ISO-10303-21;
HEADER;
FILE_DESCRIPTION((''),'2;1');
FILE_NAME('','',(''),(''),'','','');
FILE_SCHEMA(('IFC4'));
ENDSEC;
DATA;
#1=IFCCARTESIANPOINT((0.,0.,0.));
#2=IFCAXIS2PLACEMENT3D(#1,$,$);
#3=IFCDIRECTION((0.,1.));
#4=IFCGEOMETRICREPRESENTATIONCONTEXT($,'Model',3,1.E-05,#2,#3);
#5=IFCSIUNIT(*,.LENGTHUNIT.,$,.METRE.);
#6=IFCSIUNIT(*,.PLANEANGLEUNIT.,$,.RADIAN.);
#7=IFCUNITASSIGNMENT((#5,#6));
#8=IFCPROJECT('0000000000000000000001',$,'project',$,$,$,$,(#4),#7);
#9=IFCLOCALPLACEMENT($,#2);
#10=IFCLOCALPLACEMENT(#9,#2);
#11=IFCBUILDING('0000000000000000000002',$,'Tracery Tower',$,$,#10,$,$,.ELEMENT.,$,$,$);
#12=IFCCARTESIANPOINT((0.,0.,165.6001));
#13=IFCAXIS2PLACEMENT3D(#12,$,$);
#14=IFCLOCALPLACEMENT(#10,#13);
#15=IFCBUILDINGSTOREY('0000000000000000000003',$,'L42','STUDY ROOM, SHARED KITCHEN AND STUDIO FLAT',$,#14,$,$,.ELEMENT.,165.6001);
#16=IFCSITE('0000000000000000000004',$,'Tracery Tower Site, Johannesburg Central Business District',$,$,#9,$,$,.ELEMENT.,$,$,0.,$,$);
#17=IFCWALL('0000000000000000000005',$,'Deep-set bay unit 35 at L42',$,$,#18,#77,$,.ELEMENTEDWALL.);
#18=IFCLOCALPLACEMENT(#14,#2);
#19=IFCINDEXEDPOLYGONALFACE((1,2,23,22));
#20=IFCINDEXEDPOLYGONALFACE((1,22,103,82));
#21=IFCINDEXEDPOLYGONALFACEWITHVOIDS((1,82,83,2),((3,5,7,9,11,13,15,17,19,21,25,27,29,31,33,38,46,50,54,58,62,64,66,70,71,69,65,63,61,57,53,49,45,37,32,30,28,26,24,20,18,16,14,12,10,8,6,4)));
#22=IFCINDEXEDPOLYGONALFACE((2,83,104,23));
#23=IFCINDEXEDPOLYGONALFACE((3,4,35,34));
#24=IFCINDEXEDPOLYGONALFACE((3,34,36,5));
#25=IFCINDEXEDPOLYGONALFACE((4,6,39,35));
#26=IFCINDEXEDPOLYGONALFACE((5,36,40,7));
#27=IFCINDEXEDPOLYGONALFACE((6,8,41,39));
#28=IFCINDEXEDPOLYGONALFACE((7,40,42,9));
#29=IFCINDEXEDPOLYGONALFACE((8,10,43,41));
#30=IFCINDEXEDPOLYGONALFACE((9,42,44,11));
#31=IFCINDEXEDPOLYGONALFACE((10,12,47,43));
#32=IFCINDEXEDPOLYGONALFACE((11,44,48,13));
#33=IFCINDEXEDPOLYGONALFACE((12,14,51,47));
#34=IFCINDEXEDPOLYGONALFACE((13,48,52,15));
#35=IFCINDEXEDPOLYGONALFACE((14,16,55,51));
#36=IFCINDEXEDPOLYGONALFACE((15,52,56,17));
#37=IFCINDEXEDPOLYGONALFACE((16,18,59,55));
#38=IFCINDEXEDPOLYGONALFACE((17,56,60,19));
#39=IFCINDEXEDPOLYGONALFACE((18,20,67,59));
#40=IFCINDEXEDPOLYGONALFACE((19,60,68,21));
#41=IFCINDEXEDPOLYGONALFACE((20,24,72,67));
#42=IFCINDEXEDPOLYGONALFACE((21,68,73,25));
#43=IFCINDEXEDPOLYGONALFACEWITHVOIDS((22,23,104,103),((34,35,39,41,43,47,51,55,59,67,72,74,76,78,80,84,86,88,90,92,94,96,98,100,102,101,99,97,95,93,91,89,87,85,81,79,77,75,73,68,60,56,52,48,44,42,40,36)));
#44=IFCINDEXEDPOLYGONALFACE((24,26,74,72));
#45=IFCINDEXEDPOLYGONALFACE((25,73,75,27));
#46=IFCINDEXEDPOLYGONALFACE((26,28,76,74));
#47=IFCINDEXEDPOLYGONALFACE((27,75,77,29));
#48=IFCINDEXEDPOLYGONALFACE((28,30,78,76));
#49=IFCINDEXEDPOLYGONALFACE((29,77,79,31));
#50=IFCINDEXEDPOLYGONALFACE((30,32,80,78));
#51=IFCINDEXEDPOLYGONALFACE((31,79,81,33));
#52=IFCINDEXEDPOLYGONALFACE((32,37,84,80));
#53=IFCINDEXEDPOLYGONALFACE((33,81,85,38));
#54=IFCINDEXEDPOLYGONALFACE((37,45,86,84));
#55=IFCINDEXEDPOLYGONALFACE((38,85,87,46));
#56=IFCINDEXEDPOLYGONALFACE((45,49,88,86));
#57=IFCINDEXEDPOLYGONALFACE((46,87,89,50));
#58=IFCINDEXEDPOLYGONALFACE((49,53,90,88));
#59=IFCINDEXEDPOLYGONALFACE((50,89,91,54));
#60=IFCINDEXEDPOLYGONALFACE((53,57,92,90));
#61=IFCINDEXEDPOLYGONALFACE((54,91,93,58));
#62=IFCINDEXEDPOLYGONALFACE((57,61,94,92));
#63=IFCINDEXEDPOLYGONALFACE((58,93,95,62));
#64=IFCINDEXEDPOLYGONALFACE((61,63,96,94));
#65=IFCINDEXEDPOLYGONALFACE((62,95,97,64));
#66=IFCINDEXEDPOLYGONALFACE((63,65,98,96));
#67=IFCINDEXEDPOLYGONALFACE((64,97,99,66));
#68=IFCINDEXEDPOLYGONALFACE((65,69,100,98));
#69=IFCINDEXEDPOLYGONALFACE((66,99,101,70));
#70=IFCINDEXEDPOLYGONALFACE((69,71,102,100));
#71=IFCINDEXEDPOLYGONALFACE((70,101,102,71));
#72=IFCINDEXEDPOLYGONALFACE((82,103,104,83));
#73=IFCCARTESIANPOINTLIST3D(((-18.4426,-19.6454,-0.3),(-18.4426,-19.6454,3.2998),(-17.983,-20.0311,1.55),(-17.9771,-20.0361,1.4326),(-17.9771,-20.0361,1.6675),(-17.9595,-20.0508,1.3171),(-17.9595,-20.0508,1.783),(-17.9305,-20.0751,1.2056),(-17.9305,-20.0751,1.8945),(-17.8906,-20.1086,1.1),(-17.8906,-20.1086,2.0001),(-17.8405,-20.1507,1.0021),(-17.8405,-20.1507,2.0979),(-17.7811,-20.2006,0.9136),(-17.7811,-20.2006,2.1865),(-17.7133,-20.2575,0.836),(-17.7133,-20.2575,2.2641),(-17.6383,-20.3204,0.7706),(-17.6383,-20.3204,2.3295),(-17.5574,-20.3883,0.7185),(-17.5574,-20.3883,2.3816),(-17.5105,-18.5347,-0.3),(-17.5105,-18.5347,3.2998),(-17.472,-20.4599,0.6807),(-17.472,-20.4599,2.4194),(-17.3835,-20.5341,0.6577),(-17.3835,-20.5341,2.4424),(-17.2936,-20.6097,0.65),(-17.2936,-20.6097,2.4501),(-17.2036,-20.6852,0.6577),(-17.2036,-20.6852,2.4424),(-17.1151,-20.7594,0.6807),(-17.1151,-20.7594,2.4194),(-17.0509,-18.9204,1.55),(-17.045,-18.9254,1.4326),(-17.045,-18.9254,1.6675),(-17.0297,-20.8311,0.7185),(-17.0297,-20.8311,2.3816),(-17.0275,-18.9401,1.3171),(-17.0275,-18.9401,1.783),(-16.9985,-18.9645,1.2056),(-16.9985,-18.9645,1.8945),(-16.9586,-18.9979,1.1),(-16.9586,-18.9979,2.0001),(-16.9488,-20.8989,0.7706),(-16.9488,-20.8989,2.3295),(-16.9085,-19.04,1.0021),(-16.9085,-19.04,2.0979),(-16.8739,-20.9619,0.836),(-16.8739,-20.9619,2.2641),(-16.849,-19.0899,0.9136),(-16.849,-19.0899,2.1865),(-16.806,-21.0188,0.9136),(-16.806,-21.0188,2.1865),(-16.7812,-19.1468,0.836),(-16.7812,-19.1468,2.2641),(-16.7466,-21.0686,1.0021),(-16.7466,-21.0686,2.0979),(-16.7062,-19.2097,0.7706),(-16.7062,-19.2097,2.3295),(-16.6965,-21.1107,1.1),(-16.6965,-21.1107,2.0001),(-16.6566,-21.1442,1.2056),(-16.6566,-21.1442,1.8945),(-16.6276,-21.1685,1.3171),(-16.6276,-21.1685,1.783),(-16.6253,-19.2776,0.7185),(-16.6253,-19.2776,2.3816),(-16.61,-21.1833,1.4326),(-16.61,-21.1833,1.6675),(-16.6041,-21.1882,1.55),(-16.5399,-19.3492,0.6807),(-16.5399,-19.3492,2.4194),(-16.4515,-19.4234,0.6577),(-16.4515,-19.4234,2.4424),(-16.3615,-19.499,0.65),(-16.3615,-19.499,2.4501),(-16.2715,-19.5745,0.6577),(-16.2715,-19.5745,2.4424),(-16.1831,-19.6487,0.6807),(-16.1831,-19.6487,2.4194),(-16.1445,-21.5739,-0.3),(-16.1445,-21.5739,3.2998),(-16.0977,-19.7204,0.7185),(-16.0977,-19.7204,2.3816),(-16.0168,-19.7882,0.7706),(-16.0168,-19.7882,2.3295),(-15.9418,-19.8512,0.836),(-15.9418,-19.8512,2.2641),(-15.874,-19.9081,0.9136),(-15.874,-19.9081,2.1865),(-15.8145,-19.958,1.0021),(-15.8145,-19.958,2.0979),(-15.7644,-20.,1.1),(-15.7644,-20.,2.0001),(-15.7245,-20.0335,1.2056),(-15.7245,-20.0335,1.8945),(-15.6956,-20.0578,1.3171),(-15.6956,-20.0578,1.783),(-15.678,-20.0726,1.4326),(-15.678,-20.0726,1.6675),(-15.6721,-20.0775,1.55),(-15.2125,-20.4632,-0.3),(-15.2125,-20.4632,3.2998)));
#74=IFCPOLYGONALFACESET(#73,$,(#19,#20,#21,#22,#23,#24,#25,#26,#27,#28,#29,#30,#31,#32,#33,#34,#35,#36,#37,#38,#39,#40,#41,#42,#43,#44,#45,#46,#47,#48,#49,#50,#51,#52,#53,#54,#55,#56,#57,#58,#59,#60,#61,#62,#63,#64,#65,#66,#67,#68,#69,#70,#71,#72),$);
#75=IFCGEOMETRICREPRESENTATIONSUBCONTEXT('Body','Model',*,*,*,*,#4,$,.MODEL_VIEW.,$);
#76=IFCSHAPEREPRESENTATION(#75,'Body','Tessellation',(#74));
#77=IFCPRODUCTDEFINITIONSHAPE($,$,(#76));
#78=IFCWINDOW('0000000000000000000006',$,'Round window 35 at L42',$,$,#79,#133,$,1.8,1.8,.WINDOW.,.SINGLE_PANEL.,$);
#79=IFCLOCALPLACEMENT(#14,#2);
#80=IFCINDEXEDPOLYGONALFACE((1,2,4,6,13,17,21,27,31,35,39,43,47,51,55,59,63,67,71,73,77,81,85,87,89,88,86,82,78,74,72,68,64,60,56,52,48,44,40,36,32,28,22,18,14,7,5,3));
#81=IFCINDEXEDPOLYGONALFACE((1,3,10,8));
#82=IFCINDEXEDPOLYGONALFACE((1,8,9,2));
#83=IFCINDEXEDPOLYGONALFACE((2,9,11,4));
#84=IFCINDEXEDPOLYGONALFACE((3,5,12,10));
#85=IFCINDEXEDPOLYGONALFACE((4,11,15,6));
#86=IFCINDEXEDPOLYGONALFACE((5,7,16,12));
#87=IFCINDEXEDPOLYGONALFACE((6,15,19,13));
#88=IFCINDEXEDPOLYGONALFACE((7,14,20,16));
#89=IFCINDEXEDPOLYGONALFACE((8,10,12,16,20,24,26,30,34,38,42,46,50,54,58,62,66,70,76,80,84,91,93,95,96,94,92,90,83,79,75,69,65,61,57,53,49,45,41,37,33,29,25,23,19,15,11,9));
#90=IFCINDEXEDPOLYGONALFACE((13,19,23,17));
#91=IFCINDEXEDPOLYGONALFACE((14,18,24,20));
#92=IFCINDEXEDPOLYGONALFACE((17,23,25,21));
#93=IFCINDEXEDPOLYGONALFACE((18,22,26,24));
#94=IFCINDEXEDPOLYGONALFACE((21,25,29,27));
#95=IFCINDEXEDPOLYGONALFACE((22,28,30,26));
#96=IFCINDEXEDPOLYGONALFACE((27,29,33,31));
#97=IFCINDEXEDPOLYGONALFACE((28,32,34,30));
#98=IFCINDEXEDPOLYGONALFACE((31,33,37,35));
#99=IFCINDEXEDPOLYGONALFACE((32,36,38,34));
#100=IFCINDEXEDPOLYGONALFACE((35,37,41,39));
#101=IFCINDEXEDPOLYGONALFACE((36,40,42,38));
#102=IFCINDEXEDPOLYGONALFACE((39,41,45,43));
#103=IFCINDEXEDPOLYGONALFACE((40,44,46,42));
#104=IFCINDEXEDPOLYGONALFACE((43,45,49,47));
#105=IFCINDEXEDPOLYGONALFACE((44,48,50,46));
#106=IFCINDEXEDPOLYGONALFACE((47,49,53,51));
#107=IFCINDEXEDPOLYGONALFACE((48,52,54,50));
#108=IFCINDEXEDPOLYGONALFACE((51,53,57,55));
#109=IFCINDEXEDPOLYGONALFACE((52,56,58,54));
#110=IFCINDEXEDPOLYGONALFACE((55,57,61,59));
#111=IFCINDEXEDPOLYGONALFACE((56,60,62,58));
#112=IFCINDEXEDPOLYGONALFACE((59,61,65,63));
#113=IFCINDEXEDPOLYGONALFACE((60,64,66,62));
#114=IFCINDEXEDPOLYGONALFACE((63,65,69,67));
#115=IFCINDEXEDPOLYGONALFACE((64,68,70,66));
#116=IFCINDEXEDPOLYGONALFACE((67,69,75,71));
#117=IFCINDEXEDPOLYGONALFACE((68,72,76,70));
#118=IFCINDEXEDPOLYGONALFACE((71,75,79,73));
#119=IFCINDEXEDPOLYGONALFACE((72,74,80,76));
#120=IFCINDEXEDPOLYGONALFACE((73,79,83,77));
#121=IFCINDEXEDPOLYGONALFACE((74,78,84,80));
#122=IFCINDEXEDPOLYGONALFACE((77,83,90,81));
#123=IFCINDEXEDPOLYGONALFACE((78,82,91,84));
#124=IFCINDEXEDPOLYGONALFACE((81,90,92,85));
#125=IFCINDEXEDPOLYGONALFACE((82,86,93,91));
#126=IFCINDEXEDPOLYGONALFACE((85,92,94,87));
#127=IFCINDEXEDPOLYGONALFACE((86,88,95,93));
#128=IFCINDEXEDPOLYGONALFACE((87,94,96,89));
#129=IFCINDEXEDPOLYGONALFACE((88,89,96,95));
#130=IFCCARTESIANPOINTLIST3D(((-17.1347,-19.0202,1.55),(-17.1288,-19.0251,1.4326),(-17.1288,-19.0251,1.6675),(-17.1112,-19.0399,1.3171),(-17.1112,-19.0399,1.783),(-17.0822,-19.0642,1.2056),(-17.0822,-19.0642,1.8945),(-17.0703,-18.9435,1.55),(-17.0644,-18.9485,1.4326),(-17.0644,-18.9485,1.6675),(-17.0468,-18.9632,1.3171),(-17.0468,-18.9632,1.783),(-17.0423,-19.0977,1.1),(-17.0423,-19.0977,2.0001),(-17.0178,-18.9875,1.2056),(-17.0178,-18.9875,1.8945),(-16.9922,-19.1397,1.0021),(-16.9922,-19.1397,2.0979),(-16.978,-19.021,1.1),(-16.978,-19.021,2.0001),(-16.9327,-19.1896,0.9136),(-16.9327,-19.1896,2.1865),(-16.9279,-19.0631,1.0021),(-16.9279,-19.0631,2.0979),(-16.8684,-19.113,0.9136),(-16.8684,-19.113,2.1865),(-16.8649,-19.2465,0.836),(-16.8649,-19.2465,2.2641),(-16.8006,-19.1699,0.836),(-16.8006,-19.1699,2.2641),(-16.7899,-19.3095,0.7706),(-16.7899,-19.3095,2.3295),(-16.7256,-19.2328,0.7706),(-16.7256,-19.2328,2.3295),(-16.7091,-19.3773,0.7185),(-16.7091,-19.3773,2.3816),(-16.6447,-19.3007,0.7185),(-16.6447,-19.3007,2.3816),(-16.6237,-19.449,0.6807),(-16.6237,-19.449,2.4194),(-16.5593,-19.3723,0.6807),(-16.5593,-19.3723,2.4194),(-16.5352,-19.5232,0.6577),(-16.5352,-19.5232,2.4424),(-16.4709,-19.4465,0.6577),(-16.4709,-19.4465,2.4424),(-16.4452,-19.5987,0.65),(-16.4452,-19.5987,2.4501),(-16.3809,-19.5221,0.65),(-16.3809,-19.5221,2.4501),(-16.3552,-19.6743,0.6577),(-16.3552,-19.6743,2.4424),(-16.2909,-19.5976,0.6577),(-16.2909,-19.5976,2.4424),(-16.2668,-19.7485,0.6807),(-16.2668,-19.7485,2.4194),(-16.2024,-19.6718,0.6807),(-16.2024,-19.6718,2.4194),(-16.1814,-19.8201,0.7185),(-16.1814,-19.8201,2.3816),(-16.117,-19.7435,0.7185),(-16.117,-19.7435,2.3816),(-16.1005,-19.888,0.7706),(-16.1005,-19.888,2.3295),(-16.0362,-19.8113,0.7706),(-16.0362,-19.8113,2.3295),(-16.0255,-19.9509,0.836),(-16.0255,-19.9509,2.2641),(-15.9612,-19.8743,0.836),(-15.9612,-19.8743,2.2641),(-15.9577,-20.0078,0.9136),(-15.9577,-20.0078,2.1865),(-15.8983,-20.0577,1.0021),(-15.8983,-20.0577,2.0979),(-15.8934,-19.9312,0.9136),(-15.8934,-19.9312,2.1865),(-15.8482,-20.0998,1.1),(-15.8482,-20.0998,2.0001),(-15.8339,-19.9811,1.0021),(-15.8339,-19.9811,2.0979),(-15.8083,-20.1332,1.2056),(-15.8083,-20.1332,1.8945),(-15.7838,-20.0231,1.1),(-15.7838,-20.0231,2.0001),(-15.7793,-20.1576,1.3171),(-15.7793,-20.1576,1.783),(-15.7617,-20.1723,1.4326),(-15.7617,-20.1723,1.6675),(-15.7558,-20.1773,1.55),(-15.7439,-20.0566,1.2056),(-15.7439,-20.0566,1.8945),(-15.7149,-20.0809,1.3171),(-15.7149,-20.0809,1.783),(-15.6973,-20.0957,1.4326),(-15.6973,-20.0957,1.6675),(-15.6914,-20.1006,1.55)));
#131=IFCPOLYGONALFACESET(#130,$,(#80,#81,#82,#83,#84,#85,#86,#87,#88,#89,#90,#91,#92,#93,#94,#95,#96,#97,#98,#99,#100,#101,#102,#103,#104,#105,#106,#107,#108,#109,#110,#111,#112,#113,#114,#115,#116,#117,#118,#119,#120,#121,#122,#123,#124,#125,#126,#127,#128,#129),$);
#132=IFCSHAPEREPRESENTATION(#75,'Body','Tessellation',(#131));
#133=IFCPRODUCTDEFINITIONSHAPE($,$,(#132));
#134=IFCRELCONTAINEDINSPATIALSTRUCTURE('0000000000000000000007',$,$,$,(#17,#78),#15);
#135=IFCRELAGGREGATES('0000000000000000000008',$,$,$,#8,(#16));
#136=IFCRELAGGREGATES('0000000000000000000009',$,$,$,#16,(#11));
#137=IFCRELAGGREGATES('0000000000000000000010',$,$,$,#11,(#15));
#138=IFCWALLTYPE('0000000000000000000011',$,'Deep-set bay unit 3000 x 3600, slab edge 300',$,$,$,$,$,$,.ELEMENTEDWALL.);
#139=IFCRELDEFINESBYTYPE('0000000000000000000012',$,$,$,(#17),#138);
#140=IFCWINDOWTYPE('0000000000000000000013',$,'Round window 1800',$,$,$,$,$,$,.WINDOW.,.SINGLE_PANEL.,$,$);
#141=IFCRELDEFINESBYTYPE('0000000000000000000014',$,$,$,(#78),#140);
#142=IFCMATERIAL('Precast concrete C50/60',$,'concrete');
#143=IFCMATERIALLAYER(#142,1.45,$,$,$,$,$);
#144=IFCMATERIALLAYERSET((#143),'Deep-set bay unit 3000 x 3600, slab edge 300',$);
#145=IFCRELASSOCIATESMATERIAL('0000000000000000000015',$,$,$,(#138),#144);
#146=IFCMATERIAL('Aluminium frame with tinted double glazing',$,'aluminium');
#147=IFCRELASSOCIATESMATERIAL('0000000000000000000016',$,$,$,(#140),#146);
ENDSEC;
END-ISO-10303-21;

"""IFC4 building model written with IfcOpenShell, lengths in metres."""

from ifc_helpers import new_model, si_unit, direction, frame, frame_2d, origin, origin_2d, place, context, subcontext, project, spatial, rectangle, circle, extrude, material, layer, layer_set, type_object, element, fill, save


model = new_model("IFC4")

# Units and contexts
model_context = context("Model", 3, precision=1e-05, world=origin(), true_north=direction((0.0, 1.0)))
body_context = subcontext(model_context, "Body", "Model", "MODEL_VIEW")
ifc_project = project(units=[si_unit("LENGTHUNIT", "METRE"), si_unit("PLANEANGLEUNIT", "RADIAN")], contexts=[model_context])

# Site, building, storey
site_placement = place(None, origin())
site = spatial("IfcSite", under=ifc_project, at=site_placement, Name="Tracery Tower Site, Johannesburg Central Business District", CompositionType="ELEMENT", RefElevation=0.0)
building_placement = place(site_placement, origin())
building = spatial("IfcBuilding", under=site, at=building_placement, Name="Tracery Tower", CompositionType="ELEMENT")
storey_placement = place(building_placement, frame((0.0, 0.0, 165.6001)))
storey = spatial("IfcBuildingStorey", under=building, at=storey_placement, Name="L42", Description="STUDY ROOM, SHARED KITCHEN AND STUDIO FLAT", CompositionType="ELEMENT", Elevation=165.6001)

# Wall, opening, window
ifc_material_1 = material(Name="Precast concrete C50/60", Category="concrete")
ifc_layer_1 = layer(ifc_material_1, 1.45)
ifc_layer_set_1 = layer_set([ifc_layer_1], Name="Deep-set bay unit 3000 x 3600, slab edge 300")
wall_type_1 = type_object("IfcWallType", Name="Deep-set bay unit 3000 x 3600, slab edge 300", PredefinedType="ELEMENTEDWALL", material=ifc_layer_set_1)
ifc_material_2 = material(Name="Aluminium frame with tinted double glazing", Category="aluminium")
window_type = type_object("IfcWindowType", Name="Round window 1800", PartitioningType="SINGLE_PANEL", PredefinedType="WINDOW", material=ifc_material_2)
wall_1_placement = place(storey_placement, frame((-17.9766, -19.0901, -0.3), z_axis=(0.0, 0.0, 1.0), x_axis=(0.766022, -0.642814, 0.0)))
wall_1 = element("IfcWall", 1, at=wall_1_placement, inside=storey, type_object=wall_type_1, Name="Deep-set bay unit 35 at L42", PredefinedType="ELEMENTEDWALL", context=body_context, shape_type="SweptSolid", body=[
    extrude(rectangle(XDim=3.0, YDim=1.45, at=frame_2d((1.5, 0.0))), origin(), (0.0, 0.0, 1.0), 3.5999),
])
opening_1_placement = place(wall_1_placement, frame((1.5, 0.0, 1.8501)))
opening_1 = element("IfcOpeningElement", 2, at=opening_1_placement, cuts=wall_1, PredefinedType="OPENING", context=body_context, shape_type="SweptSolid", body=[
    extrude(circle(Radius=0.9, at=origin_2d()), frame((0.0, 0.7349, 0.0), z_axis=(0.0, -1.0, 0.0), x_axis=(1.0, 0.0, 0.0)), (0.0, 0.0, 1.0), 1.47),
])
window_1_placement = place(opening_1_placement, origin())
window_1 = element("IfcWindow", 3, at=window_1_placement, inside=storey, type_object=window_type, Name="Round window 35 at L42", OverallHeight=1.8, OverallWidth=1.8, PartitioningType="SINGLE_PANEL", PredefinedType="WINDOW", context=body_context, shape_type="SweptSolid", body=[
    extrude(circle(Radius=0.9, at=origin_2d()), frame((0.0, 0.6948, 0.0), z_axis=(0.0, -1.0, 0.0), x_axis=(1.0, 0.0, 0.0)), (0.0, 0.0, 1.0), 0.1001),
])
fill(opening_1, window_1)

save(model, "model.ifc")
